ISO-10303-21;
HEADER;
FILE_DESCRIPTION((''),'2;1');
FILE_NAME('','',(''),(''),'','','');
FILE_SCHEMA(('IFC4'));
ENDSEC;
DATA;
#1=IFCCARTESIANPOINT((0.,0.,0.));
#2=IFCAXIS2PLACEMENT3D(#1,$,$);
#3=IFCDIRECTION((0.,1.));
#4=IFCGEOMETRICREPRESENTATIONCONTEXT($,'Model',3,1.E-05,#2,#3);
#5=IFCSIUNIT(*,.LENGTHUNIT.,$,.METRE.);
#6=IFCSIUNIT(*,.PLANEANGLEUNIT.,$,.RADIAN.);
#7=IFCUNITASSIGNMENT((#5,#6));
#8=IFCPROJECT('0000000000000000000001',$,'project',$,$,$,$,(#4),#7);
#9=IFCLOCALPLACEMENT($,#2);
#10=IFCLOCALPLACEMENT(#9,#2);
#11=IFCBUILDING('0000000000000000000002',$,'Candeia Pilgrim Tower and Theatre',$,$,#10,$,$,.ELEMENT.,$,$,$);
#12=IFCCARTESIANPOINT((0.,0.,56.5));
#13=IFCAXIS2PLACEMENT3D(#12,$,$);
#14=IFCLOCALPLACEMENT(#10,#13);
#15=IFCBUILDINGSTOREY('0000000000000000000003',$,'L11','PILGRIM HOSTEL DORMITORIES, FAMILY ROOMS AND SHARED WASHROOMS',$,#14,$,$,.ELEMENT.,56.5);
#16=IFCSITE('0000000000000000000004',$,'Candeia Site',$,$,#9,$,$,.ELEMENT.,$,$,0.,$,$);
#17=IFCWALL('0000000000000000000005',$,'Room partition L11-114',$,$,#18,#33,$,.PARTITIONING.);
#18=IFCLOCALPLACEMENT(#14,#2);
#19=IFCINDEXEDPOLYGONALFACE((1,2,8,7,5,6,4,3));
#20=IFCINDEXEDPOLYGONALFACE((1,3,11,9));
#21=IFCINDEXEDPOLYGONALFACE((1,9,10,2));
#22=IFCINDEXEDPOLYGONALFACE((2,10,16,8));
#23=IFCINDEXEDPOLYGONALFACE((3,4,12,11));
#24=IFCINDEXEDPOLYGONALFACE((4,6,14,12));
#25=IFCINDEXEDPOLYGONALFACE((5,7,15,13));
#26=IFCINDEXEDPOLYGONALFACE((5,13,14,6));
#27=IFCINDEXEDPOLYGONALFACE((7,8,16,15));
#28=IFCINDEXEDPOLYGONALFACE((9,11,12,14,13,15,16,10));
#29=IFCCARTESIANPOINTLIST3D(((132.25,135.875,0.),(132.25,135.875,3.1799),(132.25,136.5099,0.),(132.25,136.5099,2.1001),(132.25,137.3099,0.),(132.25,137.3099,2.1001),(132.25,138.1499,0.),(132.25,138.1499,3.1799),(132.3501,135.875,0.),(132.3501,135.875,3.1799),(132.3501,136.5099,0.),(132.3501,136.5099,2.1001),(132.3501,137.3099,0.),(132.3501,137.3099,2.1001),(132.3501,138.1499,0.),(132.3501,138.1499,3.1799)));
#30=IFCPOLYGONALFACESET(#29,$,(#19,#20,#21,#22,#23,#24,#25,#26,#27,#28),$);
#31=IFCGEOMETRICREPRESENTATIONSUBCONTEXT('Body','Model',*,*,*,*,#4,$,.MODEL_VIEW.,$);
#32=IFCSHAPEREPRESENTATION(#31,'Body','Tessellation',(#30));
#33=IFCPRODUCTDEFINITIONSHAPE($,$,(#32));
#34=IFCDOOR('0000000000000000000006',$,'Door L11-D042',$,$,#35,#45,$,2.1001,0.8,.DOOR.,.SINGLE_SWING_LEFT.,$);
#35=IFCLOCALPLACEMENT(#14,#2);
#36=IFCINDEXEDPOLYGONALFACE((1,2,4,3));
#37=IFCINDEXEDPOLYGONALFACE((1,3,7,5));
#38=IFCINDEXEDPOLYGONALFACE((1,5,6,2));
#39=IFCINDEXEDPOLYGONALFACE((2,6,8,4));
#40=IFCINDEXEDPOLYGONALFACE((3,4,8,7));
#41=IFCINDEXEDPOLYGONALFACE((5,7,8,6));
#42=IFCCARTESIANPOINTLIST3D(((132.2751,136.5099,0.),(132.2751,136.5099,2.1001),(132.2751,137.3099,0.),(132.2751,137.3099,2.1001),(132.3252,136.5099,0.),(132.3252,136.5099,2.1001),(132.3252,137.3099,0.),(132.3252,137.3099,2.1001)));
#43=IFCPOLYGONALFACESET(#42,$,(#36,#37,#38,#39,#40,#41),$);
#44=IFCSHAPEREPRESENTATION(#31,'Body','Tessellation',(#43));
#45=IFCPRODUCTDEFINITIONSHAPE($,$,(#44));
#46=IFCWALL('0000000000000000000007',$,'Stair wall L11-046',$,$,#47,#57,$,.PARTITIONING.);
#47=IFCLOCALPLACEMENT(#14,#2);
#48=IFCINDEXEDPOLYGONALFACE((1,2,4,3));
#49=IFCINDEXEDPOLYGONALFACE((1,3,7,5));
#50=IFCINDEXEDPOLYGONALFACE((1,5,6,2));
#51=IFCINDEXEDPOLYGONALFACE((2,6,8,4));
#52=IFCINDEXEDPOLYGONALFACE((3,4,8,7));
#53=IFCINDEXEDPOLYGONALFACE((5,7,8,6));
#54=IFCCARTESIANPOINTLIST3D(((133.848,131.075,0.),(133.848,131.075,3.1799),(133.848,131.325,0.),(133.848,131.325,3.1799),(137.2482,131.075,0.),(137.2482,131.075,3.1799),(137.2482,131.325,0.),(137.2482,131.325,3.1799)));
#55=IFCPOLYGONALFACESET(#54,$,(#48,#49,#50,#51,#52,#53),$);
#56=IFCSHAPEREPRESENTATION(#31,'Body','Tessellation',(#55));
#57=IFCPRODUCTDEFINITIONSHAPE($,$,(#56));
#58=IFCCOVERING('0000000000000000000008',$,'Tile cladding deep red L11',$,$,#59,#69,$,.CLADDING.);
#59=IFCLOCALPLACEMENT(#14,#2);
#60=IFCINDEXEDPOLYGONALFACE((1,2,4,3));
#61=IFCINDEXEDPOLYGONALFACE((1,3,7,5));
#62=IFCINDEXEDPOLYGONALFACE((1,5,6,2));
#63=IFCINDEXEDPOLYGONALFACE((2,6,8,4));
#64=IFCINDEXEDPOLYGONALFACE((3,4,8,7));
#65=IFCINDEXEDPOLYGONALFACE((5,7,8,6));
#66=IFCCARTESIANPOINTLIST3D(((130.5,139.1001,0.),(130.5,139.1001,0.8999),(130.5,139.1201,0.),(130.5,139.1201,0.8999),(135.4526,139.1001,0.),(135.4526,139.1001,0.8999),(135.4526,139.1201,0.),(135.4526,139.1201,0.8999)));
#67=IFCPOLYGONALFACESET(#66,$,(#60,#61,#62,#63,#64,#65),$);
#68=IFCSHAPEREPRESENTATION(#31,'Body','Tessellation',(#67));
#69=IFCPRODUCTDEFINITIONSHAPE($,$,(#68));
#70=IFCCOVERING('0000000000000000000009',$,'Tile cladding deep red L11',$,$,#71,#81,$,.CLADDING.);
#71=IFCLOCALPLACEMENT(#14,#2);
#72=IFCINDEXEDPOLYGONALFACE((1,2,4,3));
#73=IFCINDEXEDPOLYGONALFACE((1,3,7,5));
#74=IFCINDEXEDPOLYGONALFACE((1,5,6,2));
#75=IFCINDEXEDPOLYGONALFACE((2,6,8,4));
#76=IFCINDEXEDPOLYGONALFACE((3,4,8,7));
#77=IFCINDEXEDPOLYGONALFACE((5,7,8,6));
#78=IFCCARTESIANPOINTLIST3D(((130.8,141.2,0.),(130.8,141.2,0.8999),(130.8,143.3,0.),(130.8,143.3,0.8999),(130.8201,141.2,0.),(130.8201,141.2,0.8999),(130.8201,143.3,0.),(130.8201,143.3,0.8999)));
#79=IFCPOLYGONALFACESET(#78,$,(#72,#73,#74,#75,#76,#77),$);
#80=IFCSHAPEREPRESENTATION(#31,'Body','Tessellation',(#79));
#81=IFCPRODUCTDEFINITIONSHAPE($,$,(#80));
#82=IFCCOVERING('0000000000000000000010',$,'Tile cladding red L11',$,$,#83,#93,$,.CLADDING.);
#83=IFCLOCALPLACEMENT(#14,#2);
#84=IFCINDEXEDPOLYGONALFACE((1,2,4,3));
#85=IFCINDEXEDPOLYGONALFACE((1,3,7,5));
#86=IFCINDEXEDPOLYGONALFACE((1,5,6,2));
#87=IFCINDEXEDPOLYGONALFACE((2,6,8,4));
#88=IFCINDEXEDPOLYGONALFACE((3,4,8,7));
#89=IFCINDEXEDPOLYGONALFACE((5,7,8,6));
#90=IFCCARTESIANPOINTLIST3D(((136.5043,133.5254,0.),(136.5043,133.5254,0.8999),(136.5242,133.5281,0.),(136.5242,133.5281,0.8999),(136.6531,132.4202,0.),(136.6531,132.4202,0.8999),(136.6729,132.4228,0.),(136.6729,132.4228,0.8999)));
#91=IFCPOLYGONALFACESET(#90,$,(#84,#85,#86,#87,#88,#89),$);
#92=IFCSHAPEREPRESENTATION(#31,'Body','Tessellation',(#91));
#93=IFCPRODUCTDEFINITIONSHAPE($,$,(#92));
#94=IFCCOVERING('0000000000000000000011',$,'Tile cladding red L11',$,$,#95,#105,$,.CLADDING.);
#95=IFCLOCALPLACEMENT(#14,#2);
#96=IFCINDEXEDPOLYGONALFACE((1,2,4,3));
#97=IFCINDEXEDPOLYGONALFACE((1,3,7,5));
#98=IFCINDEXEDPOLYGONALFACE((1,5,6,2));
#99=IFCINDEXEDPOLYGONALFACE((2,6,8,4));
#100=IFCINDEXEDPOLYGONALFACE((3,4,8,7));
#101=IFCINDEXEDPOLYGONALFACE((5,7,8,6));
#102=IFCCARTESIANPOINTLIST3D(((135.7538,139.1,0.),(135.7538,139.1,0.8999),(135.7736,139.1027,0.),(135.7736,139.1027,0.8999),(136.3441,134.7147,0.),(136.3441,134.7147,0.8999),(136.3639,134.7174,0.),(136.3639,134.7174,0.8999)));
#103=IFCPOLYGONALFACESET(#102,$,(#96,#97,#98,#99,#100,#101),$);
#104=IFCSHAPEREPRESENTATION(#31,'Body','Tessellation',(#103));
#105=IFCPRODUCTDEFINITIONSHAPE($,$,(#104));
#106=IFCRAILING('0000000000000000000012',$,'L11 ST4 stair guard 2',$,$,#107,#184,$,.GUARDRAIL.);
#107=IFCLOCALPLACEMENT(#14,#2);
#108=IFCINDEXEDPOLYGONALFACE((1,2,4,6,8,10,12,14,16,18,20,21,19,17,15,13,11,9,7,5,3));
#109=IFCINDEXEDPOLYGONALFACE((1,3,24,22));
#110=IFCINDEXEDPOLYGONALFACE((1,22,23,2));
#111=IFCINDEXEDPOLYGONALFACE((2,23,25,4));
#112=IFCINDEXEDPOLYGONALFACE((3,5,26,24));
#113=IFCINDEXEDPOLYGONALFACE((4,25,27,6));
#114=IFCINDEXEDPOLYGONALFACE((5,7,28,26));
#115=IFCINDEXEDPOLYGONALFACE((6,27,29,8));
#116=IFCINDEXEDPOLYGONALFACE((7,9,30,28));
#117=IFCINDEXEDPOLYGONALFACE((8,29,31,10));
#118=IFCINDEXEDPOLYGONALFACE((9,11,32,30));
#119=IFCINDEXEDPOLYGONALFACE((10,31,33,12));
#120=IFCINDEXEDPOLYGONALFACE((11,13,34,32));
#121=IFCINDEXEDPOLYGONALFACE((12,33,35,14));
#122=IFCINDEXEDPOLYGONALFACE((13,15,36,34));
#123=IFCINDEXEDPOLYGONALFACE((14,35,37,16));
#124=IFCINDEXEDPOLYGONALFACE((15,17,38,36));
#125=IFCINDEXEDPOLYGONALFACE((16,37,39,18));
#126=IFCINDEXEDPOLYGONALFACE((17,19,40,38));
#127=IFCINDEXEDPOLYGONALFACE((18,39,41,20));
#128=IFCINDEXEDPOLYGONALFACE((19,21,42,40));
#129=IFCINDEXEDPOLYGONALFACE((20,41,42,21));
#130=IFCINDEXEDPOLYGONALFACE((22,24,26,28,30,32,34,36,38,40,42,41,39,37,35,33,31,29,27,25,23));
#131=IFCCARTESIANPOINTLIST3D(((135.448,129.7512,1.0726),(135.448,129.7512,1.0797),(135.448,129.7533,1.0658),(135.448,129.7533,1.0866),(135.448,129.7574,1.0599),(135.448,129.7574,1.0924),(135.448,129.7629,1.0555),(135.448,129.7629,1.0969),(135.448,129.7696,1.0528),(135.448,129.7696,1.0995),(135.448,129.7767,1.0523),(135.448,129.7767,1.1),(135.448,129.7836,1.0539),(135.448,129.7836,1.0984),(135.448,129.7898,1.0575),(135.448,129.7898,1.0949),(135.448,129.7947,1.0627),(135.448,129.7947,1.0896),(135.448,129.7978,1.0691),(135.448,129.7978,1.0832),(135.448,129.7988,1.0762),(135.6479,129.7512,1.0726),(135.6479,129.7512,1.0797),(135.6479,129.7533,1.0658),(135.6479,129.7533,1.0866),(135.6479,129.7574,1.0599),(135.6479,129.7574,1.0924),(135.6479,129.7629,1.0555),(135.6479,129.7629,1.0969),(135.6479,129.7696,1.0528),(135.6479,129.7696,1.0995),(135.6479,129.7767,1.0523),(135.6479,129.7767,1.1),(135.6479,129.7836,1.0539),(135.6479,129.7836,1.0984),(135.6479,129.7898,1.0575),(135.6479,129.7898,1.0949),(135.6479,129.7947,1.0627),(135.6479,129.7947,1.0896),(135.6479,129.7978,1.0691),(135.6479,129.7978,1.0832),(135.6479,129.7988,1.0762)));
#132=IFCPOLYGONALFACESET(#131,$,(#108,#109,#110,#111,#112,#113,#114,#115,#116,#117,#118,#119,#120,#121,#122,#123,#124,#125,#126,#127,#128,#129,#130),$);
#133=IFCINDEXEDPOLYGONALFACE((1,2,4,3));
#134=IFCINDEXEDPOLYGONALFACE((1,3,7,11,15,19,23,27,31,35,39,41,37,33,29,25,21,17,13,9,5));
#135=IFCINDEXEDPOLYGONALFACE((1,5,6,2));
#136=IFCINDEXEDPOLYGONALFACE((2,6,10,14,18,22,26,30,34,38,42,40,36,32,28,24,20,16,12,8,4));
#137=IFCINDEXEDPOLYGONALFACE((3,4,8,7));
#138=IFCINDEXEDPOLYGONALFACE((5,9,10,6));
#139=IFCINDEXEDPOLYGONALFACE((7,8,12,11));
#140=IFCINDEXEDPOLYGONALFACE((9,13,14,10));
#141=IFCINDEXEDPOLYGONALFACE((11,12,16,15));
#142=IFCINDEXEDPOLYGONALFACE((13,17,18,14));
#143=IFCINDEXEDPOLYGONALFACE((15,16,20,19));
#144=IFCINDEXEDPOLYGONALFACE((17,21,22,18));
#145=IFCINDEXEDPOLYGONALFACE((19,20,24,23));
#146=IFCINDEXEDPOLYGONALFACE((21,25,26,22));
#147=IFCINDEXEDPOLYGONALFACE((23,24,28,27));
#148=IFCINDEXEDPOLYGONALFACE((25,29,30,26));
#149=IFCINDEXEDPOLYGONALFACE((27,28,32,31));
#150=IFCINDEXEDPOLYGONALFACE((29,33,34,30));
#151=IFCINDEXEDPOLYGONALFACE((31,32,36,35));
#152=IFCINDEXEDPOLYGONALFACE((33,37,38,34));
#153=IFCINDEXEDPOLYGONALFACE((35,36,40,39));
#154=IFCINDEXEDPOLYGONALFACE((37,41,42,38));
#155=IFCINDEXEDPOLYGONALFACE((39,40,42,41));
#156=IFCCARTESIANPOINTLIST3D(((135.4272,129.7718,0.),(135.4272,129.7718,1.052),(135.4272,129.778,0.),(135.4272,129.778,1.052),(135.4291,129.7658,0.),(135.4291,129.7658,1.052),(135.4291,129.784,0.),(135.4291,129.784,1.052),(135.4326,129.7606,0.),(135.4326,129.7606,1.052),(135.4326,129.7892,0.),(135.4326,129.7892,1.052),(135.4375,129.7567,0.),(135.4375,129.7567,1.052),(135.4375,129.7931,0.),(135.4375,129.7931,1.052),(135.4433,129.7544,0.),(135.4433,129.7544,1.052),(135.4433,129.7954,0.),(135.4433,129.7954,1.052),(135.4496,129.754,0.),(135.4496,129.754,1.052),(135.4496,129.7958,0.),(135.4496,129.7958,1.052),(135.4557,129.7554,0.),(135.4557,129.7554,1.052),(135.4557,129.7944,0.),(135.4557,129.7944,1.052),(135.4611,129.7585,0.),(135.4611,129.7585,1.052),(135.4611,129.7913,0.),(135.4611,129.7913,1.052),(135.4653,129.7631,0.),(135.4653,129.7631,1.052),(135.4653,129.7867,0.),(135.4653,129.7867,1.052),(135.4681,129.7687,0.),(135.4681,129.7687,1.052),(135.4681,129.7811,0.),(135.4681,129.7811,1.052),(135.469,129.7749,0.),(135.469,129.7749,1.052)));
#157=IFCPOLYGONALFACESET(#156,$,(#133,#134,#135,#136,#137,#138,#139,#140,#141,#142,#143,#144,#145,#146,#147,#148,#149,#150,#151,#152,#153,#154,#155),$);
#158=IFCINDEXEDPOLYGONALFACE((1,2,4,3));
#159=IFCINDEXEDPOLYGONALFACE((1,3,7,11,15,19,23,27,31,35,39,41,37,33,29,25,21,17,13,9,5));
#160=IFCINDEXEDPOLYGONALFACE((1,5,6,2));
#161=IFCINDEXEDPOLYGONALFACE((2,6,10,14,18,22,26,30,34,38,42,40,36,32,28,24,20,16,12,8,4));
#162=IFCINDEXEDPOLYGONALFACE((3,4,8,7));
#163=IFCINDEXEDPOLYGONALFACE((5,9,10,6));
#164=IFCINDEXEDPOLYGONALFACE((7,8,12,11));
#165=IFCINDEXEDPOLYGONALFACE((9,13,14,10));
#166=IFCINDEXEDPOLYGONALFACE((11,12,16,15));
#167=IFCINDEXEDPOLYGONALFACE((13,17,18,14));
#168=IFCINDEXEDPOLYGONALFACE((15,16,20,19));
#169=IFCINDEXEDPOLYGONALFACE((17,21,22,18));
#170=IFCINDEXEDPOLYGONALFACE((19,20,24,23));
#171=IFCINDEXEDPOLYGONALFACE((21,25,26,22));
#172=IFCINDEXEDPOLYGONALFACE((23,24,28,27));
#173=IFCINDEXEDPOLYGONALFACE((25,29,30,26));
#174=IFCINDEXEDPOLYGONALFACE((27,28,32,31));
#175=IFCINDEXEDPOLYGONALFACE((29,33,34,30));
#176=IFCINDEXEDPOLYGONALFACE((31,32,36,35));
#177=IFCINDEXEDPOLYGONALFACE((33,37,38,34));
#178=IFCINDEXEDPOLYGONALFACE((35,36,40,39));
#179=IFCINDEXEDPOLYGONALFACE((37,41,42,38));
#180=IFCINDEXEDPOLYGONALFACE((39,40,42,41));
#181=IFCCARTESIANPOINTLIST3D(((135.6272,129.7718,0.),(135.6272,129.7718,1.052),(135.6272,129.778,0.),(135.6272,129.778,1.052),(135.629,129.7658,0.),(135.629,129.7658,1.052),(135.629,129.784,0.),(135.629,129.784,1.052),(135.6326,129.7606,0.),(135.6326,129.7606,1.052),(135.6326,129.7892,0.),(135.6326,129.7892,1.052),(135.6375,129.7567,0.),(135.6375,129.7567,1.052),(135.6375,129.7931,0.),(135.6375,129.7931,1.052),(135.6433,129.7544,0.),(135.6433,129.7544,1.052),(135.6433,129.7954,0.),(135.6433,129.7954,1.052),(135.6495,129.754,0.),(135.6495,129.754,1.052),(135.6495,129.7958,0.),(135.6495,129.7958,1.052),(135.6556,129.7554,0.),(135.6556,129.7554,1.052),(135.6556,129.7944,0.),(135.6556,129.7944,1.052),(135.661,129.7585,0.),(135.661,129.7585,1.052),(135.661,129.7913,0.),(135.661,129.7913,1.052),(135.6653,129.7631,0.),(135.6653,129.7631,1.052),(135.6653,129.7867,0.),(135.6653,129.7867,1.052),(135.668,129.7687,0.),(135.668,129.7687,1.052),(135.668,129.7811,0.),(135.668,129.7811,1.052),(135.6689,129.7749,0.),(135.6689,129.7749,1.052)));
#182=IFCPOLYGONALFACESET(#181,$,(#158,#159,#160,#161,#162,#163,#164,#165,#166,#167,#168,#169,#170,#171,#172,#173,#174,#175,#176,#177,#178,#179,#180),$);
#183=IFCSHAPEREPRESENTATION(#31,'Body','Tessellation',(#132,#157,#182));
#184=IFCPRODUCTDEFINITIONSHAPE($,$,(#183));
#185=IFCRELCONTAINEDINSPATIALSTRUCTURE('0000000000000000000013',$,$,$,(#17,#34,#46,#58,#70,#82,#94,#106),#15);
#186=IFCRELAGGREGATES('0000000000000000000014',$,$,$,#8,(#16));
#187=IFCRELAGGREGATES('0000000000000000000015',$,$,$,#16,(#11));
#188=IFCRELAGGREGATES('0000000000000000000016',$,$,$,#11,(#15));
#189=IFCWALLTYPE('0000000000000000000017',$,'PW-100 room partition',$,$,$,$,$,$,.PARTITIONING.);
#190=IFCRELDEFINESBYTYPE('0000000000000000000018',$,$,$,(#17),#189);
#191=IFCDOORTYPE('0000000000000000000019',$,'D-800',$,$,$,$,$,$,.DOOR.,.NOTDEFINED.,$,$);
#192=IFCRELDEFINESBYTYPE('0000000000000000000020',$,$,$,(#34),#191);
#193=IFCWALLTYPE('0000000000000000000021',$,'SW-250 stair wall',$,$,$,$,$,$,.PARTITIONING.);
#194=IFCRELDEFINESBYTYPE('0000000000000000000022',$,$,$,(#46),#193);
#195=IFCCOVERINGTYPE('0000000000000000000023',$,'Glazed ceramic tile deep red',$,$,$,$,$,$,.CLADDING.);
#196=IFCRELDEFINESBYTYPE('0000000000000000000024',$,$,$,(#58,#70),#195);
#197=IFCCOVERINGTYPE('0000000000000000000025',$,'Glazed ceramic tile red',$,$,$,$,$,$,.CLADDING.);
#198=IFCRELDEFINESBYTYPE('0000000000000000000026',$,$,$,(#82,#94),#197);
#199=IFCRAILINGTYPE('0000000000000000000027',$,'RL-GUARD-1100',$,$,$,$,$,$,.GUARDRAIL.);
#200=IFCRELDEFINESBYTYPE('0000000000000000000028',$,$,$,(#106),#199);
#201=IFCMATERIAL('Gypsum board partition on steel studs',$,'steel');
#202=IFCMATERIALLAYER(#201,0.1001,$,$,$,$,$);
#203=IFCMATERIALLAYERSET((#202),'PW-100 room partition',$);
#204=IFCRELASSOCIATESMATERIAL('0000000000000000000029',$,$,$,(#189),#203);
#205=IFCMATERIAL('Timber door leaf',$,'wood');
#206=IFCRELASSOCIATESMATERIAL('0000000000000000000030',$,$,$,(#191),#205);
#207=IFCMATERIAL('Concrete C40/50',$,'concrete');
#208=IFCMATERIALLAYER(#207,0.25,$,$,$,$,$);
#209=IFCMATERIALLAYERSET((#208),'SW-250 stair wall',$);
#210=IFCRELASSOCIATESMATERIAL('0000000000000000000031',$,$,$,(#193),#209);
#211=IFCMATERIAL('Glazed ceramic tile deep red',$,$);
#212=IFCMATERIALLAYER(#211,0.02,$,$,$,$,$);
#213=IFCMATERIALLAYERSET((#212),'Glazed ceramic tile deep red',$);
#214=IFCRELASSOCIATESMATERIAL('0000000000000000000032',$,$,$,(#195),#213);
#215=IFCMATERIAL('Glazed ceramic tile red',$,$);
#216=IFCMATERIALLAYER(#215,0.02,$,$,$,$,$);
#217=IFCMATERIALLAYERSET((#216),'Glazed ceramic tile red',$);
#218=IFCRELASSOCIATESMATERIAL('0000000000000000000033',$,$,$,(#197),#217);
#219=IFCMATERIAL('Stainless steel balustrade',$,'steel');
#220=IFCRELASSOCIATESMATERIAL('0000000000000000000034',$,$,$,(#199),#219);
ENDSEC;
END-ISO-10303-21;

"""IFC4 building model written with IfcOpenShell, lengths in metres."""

from ifc_helpers import new_model, si_unit, direction, frame, frame_2d, origin, origin_2d, place, context, subcontext, project, spatial, rectangle, circle, extrude, material, layer, layer_set, type_object, element, fill, save


model = new_model("IFC4")

# Units and contexts
model_context = context("Model", 3, precision=1e-05, world=origin(), true_north=direction((0.0, 1.0)))
body_context = subcontext(model_context, "Body", "Model", "MODEL_VIEW")
ifc_project = project(units=[si_unit("LENGTHUNIT", "METRE"), si_unit("PLANEANGLEUNIT", "RADIAN")], contexts=[model_context])

# Site, building, storey
site_placement = place(None, origin())
site = spatial("IfcSite", under=ifc_project, at=site_placement, Name="Candeia Site", CompositionType="ELEMENT", RefElevation=0.0)
building_placement = place(site_placement, origin())
building = spatial("IfcBuilding", under=site, at=building_placement, Name="Candeia Pilgrim Tower and Theatre", CompositionType="ELEMENT")
storey_placement = place(building_placement, frame((0.0, 0.0, 56.5)))
storey = spatial("IfcBuildingStorey", under=building, at=storey_placement, Name="L11", Description="PILGRIM HOSTEL DORMITORIES, FAMILY ROOMS AND SHARED WASHROOMS", CompositionType="ELEMENT", Elevation=56.5)

# Wall, opening, door
ifc_material_1 = material(Name="Gypsum board partition on steel studs", Category="steel")
ifc_layer_1 = layer(ifc_material_1, 0.1001)
ifc_layer_set_1 = layer_set([ifc_layer_1], Name="PW-100 room partition")
wall_type_1 = type_object("IfcWallType", Name="PW-100 room partition", PredefinedType="PARTITIONING", material=ifc_layer_set_1)
wall_1_placement = place(storey_placement, frame((132.3, 135.875, 0.0), z_axis=(0.0, 0.0, 1.0), x_axis=(0.0, 1.0, 0.0)))
wall_1 = element("IfcWall", 1, at=wall_1_placement, inside=storey, type_object=wall_type_1, Name="Room partition L11-114", PredefinedType="PARTITIONING", context=body_context, shape_type="SweptSolid", body=[
    extrude(rectangle(XDim=2.2749, YDim=0.1001, at=frame_2d((1.1375, 0.0))), origin(), (0.0, 0.0, 1.0), 3.1799),
])
opening_1_placement = place(wall_1_placement, frame((0.635, 0.0, 0.0)))
opening_1 = element("IfcOpeningElement", 2, at=opening_1_placement, cuts=wall_1, PredefinedType="OPENING", context=body_context, shape_type="SweptSolid", body=[
    extrude(rectangle(XDim=0.8, YDim=2.1001, at=frame_2d((0.3999, 1.05))), frame((0.0, 0.0601, 0.0), z_axis=(0.0, -1.0, 0.0), x_axis=(1.0, 0.0, 0.0)), (0.0, 0.0, 1.0), 0.1201),
])
ifc_material_2 = material(Name="Timber door leaf", Category="wood")
door_type_1 = type_object("IfcDoorType", Name="D-800", OperationType="NOTDEFINED", PredefinedType="DOOR", material=ifc_material_2)
door_1_placement = place(opening_1_placement, origin())
door_1 = element("IfcDoor", 3, at=door_1_placement, inside=storey, type_object=door_type_1, Name="Door L11-D042", OperationType="SINGLE_SWING_LEFT", OverallHeight=2.1001, OverallWidth=0.8, PredefinedType="DOOR", context=body_context, shape_type="SweptSolid", body=[
    extrude(rectangle(XDim=0.8, YDim=2.1001, at=frame_2d((0.3999, 1.05))), frame((0.0, 0.0249, 0.0), z_axis=(0.0, -1.0, 0.0), x_axis=(1.0, 0.0, 0.0)), (0.0, 0.0, 1.0), 0.05),
])
fill(opening_1, door_1)

# Wall
ifc_material_3 = material(Name="Concrete C40/50", Category="concrete")
ifc_layer_2 = layer(ifc_material_3, 0.25)
ifc_layer_set_2 = layer_set([ifc_layer_2], Name="SW-250 stair wall")
wall_type_2 = type_object("IfcWallType", Name="SW-250 stair wall", PredefinedType="PARTITIONING", material=ifc_layer_set_2)
wall_2_placement = place(storey_placement, frame((133.8479, 131.2, 0.0), z_axis=(0.0, 0.0, 1.0), x_axis=(1.0, 0.0, 0.0)))
element("IfcWall", 4, at=wall_2_placement, inside=storey, type_object=wall_type_2, Name="Stair wall L11-046", PredefinedType="PARTITIONING", context=body_context, shape_type="SweptSolid", body=[
    extrude(rectangle(XDim=3.4001, YDim=0.25, at=frame_2d((1.7002, 0.0))), origin(), (0.0, 0.0, 1.0), 3.1799),
])

# Coverings
ifc_material_4 = material(Name="Glazed ceramic tile deep red")
ifc_layer_3 = layer(ifc_material_4, 0.02)
ifc_layer_set_3 = layer_set([ifc_layer_3], Name="Glazed ceramic tile deep red")
covering_type_1 = type_object("IfcCoveringType", Name="Glazed ceramic tile deep red", PredefinedType="CLADDING", material=ifc_layer_set_3)
covering_1_placement = place(storey_placement, frame((132.9763, 139.1101, 0.0), z_axis=(0.0, 0.0, 1.0), x_axis=(-1.0, 0.0, 0.0)))
element("IfcCovering", 5, at=covering_1_placement, inside=storey, type_object=covering_type_1, Name="Tile cladding deep red L11", PredefinedType="CLADDING", context=body_context, shape_type="SweptSolid", body=[
    extrude(rectangle(XDim=4.9526, YDim=0.02, at=origin_2d()), origin(), (0.0, 0.0, 1.0), 0.8999),
])
covering_2_placement = place(storey_placement, frame((130.8101, 142.25, 0.0), z_axis=(0.0, 0.0, 1.0), x_axis=(0.0, 1.0, 0.0)))
element("IfcCovering", 6, at=covering_2_placement, inside=storey, type_object=covering_type_1, Name="Tile cladding deep red L11", PredefinedType="CLADDING", context=body_context, shape_type="SweptSolid", body=[
    extrude(rectangle(XDim=2.1001, YDim=0.02, at=origin_2d()), origin(), (0.0, 0.0, 1.0), 0.8999),
])
ifc_material_5 = material(Name="Glazed ceramic tile red")
ifc_layer_4 = layer(ifc_material_5, 0.02)
ifc_layer_set_4 = layer_set([ifc_layer_4], Name="Glazed ceramic tile red")
covering_type_2 = type_object("IfcCoveringType", Name="Glazed ceramic tile red", PredefinedType="CLADDING", material=ifc_layer_set_4)
covering_3_placement = place(storey_placement, frame((136.5886, 132.9741, 0.0), z_axis=(0.0, 0.0, 1.0), x_axis=(-0.133412, 0.991061, 0.0)))
element("IfcCovering", 7, at=covering_3_placement, inside=storey, type_object=covering_type_2, Name="Tile cladding red L11", PredefinedType="CLADDING", context=body_context, shape_type="SweptSolid", body=[
    extrude(rectangle(XDim=1.1152, YDim=0.02, at=origin_2d()), origin(), (0.0, 0.0, 1.0), 0.8999),
])
covering_4_placement = place(storey_placement, frame((136.0588, 136.9087, 0.0), z_axis=(0.0, 0.0, 1.0), x_axis=(-0.133412, 0.991061, 0.0)))
element("IfcCovering", 8, at=covering_4_placement, inside=storey, type_object=covering_type_2, Name="Tile cladding red L11", PredefinedType="CLADDING", context=body_context, shape_type="SweptSolid", body=[
    extrude(rectangle(XDim=4.4248, YDim=0.02, at=origin_2d()), origin(), (0.0, 0.0, 1.0), 0.8999),
])

# Railing
ifc_material_6 = material(Name="Stainless steel balustrade", Category="steel")
railing_type = type_object("IfcRailingType", Name="RL-GUARD-1100", PredefinedType="GUARDRAIL", material=ifc_material_6)
railing_placement = place(storey_placement, frame((135.448, 129.7749, 0.0)))
element("IfcRailing", 9, at=railing_placement, inside=storey, type_object=railing_type, Name="L11 ST4 stair guard 2", PredefinedType="GUARDRAIL", context=body_context, shape_type="SweptSolid", body=[
    extrude(circle(Radius=0.0239, at=origin_2d()), frame((0.0, 0.0, 1.0762), z_axis=(1.0, 0.0, 0.0), x_axis=(0.0, 1.0, 0.0)), (0.0, 0.0, 1.0), 0.2),
    extrude(circle(Radius=0.021, at=origin_2d()), origin(), (0.0, 0.0, 1.0), 1.052),
    extrude(circle(Radius=0.021, at=origin_2d()), frame((0.2, 0.0, 0.0)), (0.0, 0.0, 1.0), 1.052),
])

save(model, "model.ifc")
